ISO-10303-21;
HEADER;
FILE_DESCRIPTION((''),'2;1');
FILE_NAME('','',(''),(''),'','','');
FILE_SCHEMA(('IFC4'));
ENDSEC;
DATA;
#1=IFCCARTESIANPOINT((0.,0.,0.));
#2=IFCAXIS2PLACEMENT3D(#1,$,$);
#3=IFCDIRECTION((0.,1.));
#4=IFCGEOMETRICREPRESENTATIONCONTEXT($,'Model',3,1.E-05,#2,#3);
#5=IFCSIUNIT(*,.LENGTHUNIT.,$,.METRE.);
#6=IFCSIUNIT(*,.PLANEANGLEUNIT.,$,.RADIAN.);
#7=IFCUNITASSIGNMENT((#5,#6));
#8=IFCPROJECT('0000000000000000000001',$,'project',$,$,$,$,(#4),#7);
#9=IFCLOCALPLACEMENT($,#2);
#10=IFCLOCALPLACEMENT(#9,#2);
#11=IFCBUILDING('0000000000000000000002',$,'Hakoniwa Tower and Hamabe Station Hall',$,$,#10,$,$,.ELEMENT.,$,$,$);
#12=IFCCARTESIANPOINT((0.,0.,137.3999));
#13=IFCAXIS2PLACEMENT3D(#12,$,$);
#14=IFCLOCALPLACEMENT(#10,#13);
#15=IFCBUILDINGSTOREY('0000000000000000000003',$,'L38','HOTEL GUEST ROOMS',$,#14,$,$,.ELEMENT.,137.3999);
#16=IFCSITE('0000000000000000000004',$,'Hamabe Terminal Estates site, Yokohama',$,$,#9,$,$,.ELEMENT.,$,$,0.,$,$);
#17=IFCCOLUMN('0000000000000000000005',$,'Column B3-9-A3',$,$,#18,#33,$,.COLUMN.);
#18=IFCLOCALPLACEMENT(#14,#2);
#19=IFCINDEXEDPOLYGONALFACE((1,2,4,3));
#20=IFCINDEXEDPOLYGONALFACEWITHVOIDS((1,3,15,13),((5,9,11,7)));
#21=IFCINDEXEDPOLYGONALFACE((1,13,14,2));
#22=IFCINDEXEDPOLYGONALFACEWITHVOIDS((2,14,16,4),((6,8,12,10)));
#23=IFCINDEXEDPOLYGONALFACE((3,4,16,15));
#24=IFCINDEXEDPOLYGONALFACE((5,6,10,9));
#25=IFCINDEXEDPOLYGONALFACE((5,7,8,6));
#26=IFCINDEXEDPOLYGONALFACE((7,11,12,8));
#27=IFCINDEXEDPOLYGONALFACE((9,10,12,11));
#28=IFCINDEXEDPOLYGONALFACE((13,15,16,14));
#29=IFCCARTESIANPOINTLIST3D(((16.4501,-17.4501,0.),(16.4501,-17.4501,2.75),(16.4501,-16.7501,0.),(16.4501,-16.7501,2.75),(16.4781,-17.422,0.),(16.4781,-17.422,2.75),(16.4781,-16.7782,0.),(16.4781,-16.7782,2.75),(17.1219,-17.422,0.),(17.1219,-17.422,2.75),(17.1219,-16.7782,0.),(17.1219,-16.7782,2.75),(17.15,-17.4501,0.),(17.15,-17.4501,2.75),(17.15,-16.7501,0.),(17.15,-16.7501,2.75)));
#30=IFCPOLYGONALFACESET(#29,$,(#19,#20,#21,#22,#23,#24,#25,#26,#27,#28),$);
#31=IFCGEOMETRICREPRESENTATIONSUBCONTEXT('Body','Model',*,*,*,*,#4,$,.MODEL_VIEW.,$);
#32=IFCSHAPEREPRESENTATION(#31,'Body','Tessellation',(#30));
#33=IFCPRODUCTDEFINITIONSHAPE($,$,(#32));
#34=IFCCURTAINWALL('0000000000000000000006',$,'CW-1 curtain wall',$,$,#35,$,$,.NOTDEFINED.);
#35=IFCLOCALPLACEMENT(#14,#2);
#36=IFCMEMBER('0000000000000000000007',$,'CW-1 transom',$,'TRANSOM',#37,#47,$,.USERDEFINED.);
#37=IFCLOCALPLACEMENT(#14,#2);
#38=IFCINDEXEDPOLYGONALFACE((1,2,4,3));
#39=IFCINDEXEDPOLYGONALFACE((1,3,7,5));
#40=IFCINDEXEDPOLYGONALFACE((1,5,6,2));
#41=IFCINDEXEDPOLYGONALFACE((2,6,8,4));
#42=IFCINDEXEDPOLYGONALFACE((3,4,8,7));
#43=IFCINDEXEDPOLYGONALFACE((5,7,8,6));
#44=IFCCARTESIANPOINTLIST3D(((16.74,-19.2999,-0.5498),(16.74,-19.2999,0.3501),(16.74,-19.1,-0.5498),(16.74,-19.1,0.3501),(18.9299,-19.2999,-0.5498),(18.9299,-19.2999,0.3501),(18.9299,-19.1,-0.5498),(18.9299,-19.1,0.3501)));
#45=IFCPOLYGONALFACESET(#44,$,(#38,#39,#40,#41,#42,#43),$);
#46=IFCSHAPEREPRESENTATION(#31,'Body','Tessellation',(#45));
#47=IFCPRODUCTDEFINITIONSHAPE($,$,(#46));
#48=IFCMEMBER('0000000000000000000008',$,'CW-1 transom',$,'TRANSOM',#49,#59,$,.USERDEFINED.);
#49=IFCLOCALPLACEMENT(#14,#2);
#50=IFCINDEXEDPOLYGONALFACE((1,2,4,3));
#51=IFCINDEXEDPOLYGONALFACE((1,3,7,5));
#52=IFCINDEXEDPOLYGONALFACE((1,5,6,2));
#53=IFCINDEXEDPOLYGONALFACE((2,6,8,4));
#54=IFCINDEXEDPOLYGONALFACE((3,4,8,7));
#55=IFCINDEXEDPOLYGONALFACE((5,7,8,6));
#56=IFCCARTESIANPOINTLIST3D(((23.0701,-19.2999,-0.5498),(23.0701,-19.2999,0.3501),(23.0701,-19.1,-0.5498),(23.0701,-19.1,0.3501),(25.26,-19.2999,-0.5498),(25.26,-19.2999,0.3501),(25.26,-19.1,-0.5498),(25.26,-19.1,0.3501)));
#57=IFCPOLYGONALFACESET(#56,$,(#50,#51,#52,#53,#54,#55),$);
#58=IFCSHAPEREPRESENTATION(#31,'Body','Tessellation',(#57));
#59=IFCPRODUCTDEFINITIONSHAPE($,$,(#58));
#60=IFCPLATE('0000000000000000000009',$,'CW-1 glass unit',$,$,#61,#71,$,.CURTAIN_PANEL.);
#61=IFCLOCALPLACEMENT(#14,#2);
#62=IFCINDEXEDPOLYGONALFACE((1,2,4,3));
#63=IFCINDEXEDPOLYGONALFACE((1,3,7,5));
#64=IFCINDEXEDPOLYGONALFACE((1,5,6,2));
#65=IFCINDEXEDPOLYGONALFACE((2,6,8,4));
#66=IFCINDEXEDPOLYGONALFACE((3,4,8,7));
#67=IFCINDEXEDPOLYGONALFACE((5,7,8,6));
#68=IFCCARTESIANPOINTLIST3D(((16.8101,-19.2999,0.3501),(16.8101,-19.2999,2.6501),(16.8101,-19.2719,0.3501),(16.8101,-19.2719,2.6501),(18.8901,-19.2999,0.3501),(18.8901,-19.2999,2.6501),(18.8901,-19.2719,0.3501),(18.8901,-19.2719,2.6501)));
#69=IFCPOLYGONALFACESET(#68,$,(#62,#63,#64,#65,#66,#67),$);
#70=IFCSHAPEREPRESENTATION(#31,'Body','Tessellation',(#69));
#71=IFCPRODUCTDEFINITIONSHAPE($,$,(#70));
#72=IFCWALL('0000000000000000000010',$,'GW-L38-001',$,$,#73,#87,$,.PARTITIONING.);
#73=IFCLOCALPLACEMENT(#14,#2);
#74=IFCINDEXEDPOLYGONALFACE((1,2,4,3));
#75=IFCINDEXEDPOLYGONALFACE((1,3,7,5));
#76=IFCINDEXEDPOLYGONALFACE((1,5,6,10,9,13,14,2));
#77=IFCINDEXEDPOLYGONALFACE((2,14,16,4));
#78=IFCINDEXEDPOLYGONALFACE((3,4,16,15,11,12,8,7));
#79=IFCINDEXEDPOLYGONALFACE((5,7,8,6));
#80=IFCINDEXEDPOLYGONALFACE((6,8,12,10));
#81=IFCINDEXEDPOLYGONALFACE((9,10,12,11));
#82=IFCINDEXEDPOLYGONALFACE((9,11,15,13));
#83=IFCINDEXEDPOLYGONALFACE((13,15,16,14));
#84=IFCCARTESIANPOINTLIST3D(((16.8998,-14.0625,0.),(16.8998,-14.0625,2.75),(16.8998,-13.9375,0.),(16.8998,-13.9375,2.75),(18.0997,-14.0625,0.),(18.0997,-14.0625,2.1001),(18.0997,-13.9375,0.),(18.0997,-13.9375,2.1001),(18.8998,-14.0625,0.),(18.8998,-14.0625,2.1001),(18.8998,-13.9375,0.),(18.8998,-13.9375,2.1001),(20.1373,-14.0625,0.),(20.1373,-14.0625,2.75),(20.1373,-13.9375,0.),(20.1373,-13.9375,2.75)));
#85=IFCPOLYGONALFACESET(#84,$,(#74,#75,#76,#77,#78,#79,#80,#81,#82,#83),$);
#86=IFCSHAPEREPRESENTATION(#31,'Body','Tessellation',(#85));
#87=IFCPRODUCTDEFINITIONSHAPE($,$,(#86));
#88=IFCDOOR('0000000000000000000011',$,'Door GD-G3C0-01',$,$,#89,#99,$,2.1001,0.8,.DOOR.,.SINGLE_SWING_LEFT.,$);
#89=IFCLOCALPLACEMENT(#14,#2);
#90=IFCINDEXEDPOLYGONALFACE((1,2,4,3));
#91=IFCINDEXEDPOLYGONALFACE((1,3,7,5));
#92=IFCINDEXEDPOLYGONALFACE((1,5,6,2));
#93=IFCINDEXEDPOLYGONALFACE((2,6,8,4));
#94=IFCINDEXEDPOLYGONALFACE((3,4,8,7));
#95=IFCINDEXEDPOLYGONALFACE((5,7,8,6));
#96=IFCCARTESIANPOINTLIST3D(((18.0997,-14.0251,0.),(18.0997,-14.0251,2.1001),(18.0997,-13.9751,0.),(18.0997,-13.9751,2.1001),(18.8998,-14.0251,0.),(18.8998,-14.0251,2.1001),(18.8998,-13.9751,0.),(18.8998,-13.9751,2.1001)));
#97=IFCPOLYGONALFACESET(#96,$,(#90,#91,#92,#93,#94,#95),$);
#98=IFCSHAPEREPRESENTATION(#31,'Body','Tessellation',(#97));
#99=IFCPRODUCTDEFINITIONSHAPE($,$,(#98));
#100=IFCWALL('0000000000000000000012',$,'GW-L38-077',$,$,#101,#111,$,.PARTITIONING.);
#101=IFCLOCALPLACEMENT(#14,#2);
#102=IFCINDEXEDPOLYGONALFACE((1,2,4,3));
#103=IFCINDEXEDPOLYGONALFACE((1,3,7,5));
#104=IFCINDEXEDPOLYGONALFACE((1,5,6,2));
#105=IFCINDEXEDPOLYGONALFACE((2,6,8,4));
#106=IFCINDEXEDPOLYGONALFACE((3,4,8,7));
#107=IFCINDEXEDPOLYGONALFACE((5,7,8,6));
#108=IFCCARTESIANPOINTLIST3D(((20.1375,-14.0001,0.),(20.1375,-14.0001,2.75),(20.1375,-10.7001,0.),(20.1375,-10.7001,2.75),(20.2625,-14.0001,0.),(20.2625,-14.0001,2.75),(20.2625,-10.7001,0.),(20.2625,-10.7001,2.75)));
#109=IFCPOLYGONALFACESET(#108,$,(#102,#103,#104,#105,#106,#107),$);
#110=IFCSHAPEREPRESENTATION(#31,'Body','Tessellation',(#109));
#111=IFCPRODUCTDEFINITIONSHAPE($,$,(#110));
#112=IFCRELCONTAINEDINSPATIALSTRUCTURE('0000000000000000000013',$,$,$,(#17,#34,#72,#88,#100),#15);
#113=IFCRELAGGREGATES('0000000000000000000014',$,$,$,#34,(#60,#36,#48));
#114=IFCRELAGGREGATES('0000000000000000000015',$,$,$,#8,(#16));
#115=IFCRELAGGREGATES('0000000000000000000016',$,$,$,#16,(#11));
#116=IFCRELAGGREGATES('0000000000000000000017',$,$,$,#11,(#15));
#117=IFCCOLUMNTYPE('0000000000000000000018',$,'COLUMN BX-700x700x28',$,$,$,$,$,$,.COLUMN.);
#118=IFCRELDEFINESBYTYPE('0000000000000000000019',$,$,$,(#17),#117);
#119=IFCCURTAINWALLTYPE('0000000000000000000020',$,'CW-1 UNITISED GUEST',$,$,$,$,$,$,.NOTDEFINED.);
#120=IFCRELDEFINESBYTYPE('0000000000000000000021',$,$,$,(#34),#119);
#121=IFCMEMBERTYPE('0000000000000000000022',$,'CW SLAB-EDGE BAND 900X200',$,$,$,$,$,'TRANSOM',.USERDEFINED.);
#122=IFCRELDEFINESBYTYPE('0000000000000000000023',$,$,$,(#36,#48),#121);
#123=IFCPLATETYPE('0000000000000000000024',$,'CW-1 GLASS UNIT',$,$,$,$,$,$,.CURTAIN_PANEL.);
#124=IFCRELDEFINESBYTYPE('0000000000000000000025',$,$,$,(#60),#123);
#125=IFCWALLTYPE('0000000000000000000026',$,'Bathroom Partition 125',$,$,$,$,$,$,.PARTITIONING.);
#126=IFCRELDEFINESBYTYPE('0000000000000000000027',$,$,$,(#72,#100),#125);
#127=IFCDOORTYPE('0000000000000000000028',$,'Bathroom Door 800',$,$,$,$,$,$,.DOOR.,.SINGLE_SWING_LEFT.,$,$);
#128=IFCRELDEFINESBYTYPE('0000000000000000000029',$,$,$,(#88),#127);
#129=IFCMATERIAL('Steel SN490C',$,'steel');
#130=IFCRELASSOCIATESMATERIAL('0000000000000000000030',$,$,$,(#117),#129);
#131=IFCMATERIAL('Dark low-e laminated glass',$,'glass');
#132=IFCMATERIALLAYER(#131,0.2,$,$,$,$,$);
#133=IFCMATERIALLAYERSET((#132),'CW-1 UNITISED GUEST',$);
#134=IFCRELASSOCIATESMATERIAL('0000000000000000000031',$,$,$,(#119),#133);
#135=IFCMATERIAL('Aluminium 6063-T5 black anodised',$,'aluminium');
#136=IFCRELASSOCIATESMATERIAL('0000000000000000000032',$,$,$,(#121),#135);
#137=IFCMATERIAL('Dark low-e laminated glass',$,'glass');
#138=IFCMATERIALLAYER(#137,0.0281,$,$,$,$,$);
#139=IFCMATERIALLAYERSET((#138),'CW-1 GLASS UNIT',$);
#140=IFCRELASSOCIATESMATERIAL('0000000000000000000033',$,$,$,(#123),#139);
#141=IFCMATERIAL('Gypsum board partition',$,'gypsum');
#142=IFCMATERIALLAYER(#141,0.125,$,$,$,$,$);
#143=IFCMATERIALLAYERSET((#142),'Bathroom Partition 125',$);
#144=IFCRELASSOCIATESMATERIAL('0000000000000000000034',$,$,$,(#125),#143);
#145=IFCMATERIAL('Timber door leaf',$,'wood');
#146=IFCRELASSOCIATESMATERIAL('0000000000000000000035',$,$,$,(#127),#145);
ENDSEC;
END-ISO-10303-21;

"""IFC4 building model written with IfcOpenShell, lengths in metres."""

from ifc_helpers import new_model, si_unit, direction, frame, frame_2d, origin, origin_2d, place, context, subcontext, project, spatial, rectangle, hollow_rectangle, extrude, material, layer, layer_set, material_profile, profile_set, type_object, element, fill, aggregate, save


model = new_model("IFC4")

# Units and contexts
model_context = context("Model", 3, precision=1e-05, world=origin(), true_north=direction((0.0, 1.0)))
body_context = subcontext(model_context, "Body", "Model", "MODEL_VIEW")
ifc_project = project(units=[si_unit("LENGTHUNIT", "METRE"), si_unit("PLANEANGLEUNIT", "RADIAN")], contexts=[model_context])

# Site, building, storey
site_placement = place(None, origin())
site = spatial("IfcSite", under=ifc_project, at=site_placement, Name="Hamabe Terminal Estates site, Yokohama", CompositionType="ELEMENT", RefElevation=0.0)
building_placement = place(site_placement, origin())
building = spatial("IfcBuilding", under=site, at=building_placement, Name="Hakoniwa Tower and Hamabe Station Hall", CompositionType="ELEMENT")
storey_placement = place(building_placement, frame((0.0, 0.0, 137.3999)))
storey = spatial("IfcBuildingStorey", under=building, at=storey_placement, Name="L38", Description="HOTEL GUEST ROOMS", CompositionType="ELEMENT", Elevation=137.3999)

# Column
ifc_material_1 = material(Name="Steel SN490C", Category="steel")
ifc_material_profile_1 = material_profile(ifc_material_1, hollow_rectangle(XDim=0.7, YDim=0.7, WallThickness=0.0281, at=origin_2d()), Name="BX-700x700x28")
ifc_profile_set_1 = profile_set([ifc_material_profile_1], Name="Steel SN490C")
column_type = type_object("IfcColumnType", Name="COLUMN BX-700x700x28", PredefinedType="COLUMN", material=ifc_profile_set_1)
column_placement = place(storey_placement, frame((16.8, -17.1001, 0.0), z_axis=(0.0, 0.0, 1.0), x_axis=(1.0, 0.0, 0.0)))
element("IfcColumn", 1, at=column_placement, inside=storey, type_object=column_type, Name="Column B3-9-A3", PredefinedType="COLUMN", context=body_context, shape_type="SweptSolid", body=[
    extrude(hollow_rectangle(XDim=0.7, YDim=0.7, WallThickness=0.0281, at=origin_2d()), origin(), (0.0, 0.0, 1.0), 2.75),
])

# Curtain wall, members, plate
ifc_material_2 = material(Name="Dark low-e laminated glass", Category="glass")
ifc_layer_1 = layer(ifc_material_2, 0.2)
ifc_layer_set_1 = layer_set([ifc_layer_1], Name="CW-1 UNITISED GUEST")
curtain_wall_type = type_object("IfcCurtainWallType", Name="CW-1 UNITISED GUEST", PredefinedType="NOTDEFINED", material=ifc_layer_set_1)
curtain_wall_placement = place(storey_placement, origin())
curtain_wall = element("IfcCurtainWall", 2, at=curtain_wall_placement, inside=storey, type_object=curtain_wall_type, Name="CW-1 curtain wall", PredefinedType="NOTDEFINED")
ifc_material_3 = material(Name="Aluminium 6063-T5 black anodised", Category="aluminium")
ifc_material_profile_2 = material_profile(ifc_material_3, rectangle(XDim=0.2, YDim=0.8999, at=origin_2d()), Name="CW SLAB-EDGE BAND 900X200")
ifc_profile_set_2 = profile_set([ifc_material_profile_2], Name="Aluminium 6063-T5 black anodised")
member_type = type_object("IfcMemberType", Name="CW SLAB-EDGE BAND 900X200", ElementType="TRANSOM", PredefinedType="USERDEFINED", material=ifc_profile_set_2)
member_1_placement = place(storey_placement, frame((16.74, -19.2, -0.0999), z_axis=(1.0, 0.0, 0.0), x_axis=(0.0, 1.0, 0.0)))
member_1 = element("IfcMember", 3, at=member_1_placement, type_object=member_type, Name="CW-1 transom", ObjectType="TRANSOM", PredefinedType="USERDEFINED", context=body_context, shape_type="SweptSolid", body=[
    extrude(rectangle(XDim=0.2, YDim=0.8999, at=origin_2d()), origin(), (0.0, 0.0, 1.0), 2.1899),
])
member_2_placement = place(storey_placement, frame((23.0701, -19.2, -0.0999), z_axis=(1.0, 0.0, 0.0), x_axis=(0.0, 1.0, 0.0)))
member_2 = element("IfcMember", 4, at=member_2_placement, type_object=member_type, Name="CW-1 transom", ObjectType="TRANSOM", PredefinedType="USERDEFINED", context=body_context, shape_type="SweptSolid", body=[
    extrude(rectangle(XDim=0.2, YDim=0.8999, at=origin_2d()), origin(), (0.0, 0.0, 1.0), 2.1899),
])
ifc_material_4 = material(Name="Dark low-e laminated glass", Category="glass")
ifc_layer_2 = layer(ifc_material_4, 0.0281)
ifc_layer_set_2 = layer_set([ifc_layer_2], Name="CW-1 GLASS UNIT")
plate_type = type_object("IfcPlateType", Name="CW-1 GLASS UNIT", PredefinedType="CURTAIN_PANEL", material=ifc_layer_set_2)
plate_placement = place(storey_placement, frame((17.8501, -19.2859, 0.3501), z_axis=(0.0, 0.0, 1.0), x_axis=(1.0, 0.0, 0.0)))
plate = element("IfcPlate", 5, at=plate_placement, type_object=plate_type, Name="CW-1 glass unit", PredefinedType="CURTAIN_PANEL", context=body_context, shape_type="SweptSolid", body=[
    extrude(rectangle(XDim=2.0801, YDim=0.0281, at=origin_2d()), origin(), (0.0, 0.0, 1.0), 2.3),
])

# Wall, opening, door
ifc_material_5 = material(Name="Gypsum board partition", Category="gypsum")
ifc_layer_3 = layer(ifc_material_5, 0.125)
ifc_layer_set_3 = layer_set([ifc_layer_3], Name="Bathroom Partition 125")
wall_type_1 = type_object("IfcWallType", Name="Bathroom Partition 125", PredefinedType="PARTITIONING", material=ifc_layer_set_3)
wall_1_placement = place(storey_placement, frame((16.8999, -14.0, 0.0), z_axis=(0.0, 0.0, 1.0), x_axis=(1.0, 0.0, 0.0)))
wall_1 = element("IfcWall", 6, at=wall_1_placement, inside=storey, type_object=wall_type_1, Name="GW-L38-001", PredefinedType="PARTITIONING", context=body_context, shape_type="SweptSolid", body=[
    extrude(rectangle(XDim=3.2375, YDim=0.125, at=frame_2d((1.6187, 0.0))), origin(), (0.0, 0.0, 1.0), 2.75),
])
opening_1_placement = place(wall_1_placement, frame((1.2, 0.0, 0.0)))
opening_1 = element("IfcOpeningElement", 7, at=opening_1_placement, cuts=wall_1, PredefinedType="OPENING", context=body_context, shape_type="SweptSolid", body=[
    extrude(rectangle(XDim=0.8, YDim=2.1001, at=frame_2d((0.3999, 1.05))), frame((0.0, 0.0725, 0.0), z_axis=(0.0, -1.0, 0.0), x_axis=(1.0, 0.0, 0.0)), (0.0, 0.0, 1.0), 0.145),
])
ifc_material_6 = material(Name="Timber door leaf", Category="wood")
door_type_1 = type_object("IfcDoorType", Name="Bathroom Door 800", OperationType="SINGLE_SWING_LEFT", PredefinedType="DOOR", material=ifc_material_6)
door_1_placement = place(opening_1_placement, origin())
door_1 = element("IfcDoor", 8, at=door_1_placement, inside=storey, type_object=door_type_1, Name="Door GD-G3C0-01", OperationType="SINGLE_SWING_LEFT", OverallHeight=2.1001, OverallWidth=0.8, PredefinedType="DOOR", context=body_context, shape_type="SweptSolid", body=[
    extrude(rectangle(XDim=0.8, YDim=2.1001, at=frame_2d((0.3999, 1.05))), frame((0.0, 0.0249, 0.0), z_axis=(0.0, -1.0, 0.0), x_axis=(1.0, 0.0, 0.0)), (0.0, 0.0, 1.0), 0.05),
])
fill(opening_1, door_1)

# Wall
wall_2_placement = place(storey_placement, frame((20.2, -14.0, 0.0), z_axis=(0.0, 0.0, 1.0), x_axis=(0.0, 1.0, 0.0)))
element("IfcWall", 9, at=wall_2_placement, inside=storey, type_object=wall_type_1, Name="GW-L38-077", PredefinedType="PARTITIONING", context=body_context, shape_type="SweptSolid", body=[
    extrude(rectangle(XDim=3.3, YDim=0.125, at=frame_2d((1.6499, 0.0))), origin(), (0.0, 0.0, 1.0), 2.75),
])

aggregate(curtain_wall, [plate, member_1, member_2])

save(model, "model.ifc")
